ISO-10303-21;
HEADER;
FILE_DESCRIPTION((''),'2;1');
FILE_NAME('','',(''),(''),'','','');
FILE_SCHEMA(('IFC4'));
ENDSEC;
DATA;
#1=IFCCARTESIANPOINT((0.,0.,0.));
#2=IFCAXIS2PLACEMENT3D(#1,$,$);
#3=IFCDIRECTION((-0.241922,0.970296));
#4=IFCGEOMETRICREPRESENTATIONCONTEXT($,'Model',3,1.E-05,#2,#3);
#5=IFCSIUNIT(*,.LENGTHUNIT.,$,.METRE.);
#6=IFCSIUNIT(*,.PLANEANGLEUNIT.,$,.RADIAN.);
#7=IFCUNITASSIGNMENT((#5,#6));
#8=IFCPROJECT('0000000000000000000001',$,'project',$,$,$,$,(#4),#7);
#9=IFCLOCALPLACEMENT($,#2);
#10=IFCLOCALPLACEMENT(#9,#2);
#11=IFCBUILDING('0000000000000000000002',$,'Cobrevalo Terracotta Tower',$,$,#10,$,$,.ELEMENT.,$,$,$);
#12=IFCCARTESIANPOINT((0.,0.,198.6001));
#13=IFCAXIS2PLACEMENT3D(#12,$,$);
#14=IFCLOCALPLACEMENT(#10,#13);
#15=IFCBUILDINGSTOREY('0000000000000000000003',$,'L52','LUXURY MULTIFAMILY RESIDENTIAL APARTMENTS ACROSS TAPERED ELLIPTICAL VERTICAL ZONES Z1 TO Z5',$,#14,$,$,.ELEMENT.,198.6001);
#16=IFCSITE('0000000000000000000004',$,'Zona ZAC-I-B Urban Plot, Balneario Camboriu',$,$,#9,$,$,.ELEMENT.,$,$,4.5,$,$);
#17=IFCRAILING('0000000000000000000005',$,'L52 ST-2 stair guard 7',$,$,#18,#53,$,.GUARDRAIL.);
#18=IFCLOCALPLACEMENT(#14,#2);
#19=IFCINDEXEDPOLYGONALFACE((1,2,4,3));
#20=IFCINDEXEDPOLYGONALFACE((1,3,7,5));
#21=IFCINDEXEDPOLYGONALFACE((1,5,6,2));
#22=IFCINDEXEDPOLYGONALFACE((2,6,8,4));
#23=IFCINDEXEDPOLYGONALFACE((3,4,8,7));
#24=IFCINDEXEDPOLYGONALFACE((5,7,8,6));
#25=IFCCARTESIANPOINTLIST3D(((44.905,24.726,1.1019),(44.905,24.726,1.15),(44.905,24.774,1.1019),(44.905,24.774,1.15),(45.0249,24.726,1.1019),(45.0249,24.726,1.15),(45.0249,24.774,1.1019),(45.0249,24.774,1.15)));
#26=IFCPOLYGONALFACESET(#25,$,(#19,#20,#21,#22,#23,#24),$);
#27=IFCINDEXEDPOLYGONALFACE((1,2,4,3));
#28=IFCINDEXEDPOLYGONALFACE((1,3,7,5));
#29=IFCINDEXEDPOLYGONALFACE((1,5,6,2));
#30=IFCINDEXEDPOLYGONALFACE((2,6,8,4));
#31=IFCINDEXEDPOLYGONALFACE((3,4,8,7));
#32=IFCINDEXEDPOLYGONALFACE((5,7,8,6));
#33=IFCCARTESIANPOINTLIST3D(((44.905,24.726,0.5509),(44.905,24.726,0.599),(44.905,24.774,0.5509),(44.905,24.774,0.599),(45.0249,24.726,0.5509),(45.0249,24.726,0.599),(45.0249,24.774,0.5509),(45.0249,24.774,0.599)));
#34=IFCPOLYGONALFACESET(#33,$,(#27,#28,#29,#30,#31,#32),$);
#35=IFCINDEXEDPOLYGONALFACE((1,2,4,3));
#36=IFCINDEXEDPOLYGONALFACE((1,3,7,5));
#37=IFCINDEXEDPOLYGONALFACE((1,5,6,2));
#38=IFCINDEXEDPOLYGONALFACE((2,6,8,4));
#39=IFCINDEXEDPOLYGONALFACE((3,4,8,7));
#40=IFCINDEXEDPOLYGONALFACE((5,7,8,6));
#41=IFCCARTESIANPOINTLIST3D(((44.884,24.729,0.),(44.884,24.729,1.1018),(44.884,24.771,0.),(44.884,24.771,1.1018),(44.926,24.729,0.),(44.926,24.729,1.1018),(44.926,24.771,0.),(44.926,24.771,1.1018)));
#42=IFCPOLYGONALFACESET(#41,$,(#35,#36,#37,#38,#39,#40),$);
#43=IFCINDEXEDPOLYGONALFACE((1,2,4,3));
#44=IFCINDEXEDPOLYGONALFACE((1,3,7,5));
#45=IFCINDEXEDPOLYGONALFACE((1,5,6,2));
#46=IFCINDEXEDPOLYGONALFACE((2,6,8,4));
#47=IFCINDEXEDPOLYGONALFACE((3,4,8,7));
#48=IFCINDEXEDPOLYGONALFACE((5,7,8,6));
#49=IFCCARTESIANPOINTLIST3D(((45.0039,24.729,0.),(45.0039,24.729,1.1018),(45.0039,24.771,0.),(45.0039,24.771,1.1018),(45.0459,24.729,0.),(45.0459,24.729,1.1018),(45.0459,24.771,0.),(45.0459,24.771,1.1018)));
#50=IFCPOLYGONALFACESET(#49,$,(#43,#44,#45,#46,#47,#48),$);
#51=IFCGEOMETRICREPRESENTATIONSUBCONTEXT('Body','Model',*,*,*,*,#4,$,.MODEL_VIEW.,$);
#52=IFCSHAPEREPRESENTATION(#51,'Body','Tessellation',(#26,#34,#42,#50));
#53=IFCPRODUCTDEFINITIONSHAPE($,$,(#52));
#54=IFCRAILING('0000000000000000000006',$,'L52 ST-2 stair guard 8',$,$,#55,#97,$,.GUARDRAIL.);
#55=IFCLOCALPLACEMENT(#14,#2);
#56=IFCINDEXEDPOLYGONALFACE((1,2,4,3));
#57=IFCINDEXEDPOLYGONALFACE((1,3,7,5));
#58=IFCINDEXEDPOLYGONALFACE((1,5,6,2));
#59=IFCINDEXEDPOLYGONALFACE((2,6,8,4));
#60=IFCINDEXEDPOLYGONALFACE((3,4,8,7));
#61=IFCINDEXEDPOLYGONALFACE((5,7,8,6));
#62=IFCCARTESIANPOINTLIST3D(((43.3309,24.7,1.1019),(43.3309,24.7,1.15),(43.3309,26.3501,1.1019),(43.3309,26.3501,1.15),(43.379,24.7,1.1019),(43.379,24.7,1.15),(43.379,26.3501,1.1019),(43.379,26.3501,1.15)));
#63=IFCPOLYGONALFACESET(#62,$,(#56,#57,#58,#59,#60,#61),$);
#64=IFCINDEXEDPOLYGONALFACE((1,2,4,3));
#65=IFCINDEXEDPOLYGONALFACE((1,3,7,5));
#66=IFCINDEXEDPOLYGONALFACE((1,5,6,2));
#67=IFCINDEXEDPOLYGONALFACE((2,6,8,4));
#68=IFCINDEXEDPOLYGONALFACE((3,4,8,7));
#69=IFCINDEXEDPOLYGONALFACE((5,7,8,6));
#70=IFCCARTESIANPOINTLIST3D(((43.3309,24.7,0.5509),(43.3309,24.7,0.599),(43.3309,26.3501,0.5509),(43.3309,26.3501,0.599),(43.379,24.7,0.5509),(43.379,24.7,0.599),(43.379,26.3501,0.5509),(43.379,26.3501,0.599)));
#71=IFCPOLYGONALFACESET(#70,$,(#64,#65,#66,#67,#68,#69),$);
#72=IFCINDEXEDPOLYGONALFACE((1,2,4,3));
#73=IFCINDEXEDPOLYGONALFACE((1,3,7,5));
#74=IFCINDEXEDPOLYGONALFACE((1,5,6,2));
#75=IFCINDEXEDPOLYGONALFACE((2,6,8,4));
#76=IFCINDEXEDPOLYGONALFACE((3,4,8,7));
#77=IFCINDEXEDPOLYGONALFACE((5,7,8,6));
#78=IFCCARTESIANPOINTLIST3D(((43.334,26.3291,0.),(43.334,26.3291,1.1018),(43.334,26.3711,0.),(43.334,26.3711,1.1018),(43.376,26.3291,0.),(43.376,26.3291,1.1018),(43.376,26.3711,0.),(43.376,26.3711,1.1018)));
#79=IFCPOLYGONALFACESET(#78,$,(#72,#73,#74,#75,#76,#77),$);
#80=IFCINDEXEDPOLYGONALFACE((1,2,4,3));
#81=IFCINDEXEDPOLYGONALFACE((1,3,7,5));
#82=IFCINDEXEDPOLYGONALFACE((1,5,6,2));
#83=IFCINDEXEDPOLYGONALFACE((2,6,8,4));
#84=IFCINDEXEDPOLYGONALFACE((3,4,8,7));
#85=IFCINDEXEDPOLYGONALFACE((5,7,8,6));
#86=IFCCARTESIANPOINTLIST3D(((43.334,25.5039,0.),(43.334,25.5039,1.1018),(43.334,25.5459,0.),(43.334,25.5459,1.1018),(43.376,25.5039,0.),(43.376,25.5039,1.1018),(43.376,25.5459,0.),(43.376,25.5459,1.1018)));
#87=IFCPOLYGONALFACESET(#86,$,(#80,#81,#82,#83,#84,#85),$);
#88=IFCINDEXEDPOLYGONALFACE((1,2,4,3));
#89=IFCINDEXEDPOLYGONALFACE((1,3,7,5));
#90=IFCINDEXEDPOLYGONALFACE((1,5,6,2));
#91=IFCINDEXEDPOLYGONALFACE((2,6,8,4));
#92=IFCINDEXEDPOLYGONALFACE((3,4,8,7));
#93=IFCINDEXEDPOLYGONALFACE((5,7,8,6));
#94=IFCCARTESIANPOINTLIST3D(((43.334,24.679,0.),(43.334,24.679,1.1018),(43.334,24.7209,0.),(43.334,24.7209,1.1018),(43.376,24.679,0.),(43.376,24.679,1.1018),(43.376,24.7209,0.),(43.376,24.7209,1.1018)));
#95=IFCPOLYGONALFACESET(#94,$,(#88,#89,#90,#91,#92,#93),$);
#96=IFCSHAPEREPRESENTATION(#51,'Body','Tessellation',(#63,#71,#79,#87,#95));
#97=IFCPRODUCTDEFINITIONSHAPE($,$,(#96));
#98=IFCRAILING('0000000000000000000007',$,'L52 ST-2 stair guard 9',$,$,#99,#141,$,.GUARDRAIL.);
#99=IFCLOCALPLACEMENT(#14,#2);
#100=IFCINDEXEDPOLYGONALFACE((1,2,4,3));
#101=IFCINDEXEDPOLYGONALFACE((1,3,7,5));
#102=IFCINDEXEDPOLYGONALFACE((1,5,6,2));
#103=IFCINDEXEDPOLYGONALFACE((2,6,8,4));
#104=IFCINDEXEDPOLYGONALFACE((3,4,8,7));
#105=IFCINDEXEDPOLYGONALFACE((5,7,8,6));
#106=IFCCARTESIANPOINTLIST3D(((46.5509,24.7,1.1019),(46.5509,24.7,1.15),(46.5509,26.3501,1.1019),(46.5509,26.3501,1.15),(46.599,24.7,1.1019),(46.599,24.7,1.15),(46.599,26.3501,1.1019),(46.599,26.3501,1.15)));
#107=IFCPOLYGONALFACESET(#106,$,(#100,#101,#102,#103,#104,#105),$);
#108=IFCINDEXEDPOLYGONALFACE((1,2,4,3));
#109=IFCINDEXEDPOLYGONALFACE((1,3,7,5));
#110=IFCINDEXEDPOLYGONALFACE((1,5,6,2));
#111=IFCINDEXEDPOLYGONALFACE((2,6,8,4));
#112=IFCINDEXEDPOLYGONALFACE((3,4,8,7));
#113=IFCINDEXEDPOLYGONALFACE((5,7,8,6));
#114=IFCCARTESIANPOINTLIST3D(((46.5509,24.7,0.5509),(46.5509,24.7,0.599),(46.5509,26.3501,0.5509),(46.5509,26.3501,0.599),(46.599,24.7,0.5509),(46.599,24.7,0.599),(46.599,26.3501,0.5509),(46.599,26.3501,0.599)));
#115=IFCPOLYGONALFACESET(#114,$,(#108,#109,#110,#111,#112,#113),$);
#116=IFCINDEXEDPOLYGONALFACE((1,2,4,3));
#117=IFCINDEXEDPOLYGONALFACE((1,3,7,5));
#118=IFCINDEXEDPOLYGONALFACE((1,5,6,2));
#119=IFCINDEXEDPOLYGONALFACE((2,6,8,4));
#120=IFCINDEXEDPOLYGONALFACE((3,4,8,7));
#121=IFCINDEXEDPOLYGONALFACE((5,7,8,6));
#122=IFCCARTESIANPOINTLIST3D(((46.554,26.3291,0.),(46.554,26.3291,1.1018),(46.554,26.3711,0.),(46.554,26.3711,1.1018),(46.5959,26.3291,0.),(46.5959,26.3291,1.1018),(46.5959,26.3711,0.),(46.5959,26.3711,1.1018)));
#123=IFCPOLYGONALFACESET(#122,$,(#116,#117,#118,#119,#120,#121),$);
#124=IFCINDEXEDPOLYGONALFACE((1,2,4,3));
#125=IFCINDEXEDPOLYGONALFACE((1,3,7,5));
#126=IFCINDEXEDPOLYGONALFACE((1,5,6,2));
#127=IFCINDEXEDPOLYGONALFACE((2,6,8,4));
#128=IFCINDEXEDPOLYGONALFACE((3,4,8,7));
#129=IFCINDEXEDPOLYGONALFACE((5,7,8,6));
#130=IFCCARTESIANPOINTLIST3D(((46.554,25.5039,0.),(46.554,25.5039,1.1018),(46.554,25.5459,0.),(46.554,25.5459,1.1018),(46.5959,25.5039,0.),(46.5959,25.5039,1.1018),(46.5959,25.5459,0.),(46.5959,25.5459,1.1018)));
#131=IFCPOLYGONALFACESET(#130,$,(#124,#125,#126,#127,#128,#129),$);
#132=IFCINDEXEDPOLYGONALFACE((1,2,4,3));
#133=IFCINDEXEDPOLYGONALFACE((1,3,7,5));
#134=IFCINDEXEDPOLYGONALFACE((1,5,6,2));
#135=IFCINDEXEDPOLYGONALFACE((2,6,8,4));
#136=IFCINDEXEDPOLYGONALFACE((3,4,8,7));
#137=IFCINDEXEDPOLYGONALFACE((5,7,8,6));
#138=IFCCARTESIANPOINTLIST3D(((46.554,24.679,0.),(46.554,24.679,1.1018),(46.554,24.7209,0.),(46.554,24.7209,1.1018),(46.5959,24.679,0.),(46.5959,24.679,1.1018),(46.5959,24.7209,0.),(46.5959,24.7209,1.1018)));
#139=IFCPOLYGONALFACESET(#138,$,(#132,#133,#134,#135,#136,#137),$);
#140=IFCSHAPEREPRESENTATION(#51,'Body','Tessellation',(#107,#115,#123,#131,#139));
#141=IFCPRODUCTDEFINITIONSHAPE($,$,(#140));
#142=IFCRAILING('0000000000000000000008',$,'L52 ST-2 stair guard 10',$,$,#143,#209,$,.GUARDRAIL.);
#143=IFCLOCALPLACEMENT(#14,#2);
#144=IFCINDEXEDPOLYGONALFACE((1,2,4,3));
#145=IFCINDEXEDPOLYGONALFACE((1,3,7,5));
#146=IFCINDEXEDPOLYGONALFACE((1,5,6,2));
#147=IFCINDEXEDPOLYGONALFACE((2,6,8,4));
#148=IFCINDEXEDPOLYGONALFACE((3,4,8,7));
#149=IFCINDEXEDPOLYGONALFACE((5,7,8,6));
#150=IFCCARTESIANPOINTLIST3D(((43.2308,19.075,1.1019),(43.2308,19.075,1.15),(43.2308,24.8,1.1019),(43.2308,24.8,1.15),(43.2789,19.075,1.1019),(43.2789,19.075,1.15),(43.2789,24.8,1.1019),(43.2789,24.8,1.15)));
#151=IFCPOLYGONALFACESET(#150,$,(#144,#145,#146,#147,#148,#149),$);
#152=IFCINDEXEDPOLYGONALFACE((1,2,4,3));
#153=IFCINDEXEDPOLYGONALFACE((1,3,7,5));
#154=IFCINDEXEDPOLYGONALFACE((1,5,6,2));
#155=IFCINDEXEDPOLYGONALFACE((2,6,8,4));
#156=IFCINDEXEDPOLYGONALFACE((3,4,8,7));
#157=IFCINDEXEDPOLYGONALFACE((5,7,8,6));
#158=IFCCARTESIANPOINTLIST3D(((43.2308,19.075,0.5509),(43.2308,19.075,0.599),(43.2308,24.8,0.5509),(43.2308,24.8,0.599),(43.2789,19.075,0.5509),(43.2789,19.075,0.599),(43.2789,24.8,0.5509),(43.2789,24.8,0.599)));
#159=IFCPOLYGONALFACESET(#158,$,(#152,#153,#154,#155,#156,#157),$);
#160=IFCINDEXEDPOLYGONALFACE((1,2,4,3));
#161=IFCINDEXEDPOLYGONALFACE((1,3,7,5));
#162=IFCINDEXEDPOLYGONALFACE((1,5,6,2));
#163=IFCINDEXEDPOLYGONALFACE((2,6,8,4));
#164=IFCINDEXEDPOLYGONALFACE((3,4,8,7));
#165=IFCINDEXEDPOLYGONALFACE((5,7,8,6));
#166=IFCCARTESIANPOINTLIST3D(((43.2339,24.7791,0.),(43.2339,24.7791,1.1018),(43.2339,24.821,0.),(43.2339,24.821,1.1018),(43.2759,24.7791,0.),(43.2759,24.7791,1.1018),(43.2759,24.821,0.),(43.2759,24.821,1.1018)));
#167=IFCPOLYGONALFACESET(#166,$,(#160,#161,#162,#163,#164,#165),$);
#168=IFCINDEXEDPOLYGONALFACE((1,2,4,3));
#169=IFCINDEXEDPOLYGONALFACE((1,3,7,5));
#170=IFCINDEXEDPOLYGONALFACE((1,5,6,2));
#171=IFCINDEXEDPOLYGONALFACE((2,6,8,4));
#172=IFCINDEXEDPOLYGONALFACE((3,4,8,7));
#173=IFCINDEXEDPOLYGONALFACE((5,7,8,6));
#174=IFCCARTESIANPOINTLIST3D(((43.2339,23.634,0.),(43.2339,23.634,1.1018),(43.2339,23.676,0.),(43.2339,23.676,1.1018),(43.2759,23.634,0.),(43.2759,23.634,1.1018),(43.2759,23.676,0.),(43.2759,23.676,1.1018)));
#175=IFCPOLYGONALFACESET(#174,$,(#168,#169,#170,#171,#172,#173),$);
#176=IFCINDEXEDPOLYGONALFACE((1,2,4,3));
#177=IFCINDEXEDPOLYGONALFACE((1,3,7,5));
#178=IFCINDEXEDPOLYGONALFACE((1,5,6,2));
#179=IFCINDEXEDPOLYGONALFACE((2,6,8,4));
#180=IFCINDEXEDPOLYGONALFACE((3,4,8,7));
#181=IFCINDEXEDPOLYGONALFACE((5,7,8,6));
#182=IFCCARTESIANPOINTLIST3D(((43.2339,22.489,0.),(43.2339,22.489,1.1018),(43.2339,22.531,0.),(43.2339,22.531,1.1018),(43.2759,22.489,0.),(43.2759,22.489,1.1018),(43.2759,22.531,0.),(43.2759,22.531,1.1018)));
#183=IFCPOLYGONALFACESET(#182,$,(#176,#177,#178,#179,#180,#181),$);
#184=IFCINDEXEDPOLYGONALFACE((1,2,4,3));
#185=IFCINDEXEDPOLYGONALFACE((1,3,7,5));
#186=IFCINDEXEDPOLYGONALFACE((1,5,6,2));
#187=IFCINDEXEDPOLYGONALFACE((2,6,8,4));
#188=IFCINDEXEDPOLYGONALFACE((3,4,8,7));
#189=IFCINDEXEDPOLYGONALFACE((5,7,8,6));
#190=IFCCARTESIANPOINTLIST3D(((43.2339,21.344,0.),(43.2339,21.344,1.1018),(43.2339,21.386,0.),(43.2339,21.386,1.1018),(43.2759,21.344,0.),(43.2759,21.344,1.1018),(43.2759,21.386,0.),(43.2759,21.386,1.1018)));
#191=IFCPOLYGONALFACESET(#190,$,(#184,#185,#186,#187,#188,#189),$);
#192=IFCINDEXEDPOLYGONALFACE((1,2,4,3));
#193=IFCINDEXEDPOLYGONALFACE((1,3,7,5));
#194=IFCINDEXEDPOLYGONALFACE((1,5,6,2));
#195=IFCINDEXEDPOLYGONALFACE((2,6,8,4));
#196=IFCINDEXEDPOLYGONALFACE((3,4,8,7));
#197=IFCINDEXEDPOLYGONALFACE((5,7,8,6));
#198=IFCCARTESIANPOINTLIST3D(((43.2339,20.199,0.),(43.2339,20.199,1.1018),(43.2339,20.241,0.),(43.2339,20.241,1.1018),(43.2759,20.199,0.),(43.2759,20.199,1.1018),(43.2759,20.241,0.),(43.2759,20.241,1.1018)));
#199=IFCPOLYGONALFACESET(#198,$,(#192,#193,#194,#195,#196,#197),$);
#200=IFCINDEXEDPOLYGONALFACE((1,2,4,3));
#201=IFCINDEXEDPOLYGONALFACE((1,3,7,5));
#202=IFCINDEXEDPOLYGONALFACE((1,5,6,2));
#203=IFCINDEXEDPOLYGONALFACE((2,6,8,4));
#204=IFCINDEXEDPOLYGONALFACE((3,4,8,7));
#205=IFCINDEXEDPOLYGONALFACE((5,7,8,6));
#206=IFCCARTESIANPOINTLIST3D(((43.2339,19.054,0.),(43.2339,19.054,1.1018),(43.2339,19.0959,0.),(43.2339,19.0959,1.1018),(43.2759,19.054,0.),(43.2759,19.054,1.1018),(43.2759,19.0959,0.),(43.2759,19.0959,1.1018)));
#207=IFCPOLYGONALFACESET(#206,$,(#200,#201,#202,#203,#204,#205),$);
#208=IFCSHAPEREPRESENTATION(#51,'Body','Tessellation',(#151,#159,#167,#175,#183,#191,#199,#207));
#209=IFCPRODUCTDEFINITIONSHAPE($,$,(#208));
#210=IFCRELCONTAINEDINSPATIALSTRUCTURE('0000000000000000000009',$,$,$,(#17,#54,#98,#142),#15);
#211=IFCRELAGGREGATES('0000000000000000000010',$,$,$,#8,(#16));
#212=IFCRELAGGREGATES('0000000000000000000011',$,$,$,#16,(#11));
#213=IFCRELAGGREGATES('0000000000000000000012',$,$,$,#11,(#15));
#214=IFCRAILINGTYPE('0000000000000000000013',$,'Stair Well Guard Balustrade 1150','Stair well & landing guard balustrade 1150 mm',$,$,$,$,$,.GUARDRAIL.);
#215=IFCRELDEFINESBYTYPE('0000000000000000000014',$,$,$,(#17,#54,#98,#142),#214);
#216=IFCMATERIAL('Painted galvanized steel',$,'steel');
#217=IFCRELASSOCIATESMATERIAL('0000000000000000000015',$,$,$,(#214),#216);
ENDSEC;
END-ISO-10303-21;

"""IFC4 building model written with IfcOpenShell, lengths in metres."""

from ifc_helpers import new_model, si_unit, direction, frame, origin, origin_2d, place, context, subcontext, project, spatial, rectangle, extrude, material, type_object, element, save


model = new_model("IFC4")

# Units and contexts
model_context = context("Model", 3, precision=1e-05, world=origin(), true_north=direction((-0.241922, 0.970296)))
body_context = subcontext(model_context, "Body", "Model", "MODEL_VIEW")
ifc_project = project(units=[si_unit("LENGTHUNIT", "METRE"), si_unit("PLANEANGLEUNIT", "RADIAN")], contexts=[model_context])

# Site, building, storey
site_placement = place(None, origin())
site = spatial("IfcSite", under=ifc_project, at=site_placement, Name="Zona ZAC-I-B Urban Plot, Balneario Camboriu", CompositionType="ELEMENT", RefElevation=4.5)
building_placement = place(site_placement, origin())
building = spatial("IfcBuilding", under=site, at=building_placement, Name="Cobrevalo Terracotta Tower", CompositionType="ELEMENT")
storey_placement = place(building_placement, frame((0.0, 0.0, 198.6001)))
storey = spatial("IfcBuildingStorey", under=building, at=storey_placement, Name="L52", Description="LUXURY MULTIFAMILY RESIDENTIAL APARTMENTS ACROSS TAPERED ELLIPTICAL VERTICAL ZONES Z1 TO Z5", CompositionType="ELEMENT", Elevation=198.6001)

# Railings
ifc_material_1 = material(Name="Painted galvanized steel", Category="steel")
railing_type_1 = type_object("IfcRailingType", Name="Stair Well Guard Balustrade 1150", Description="Stair well & landing guard balustrade 1150 mm", PredefinedType="GUARDRAIL", material=ifc_material_1)
railing_1_placement = place(storey_placement, frame((44.905, 24.75, 0.0)))
element("IfcRailing", 1, at=railing_1_placement, inside=storey, type_object=railing_type_1, Name="L52 ST-2 stair guard 7", PredefinedType="GUARDRAIL", context=body_context, shape_type="SweptSolid", body=[
    extrude(rectangle(XDim=0.0481, YDim=0.0481, at=origin_2d()), frame((0.0, 0.0, 1.126), z_axis=(1.0, 0.0, 0.0), x_axis=(0.0, 1.0, 0.0)), (0.0, 0.0, 1.0), 0.1199),
    extrude(rectangle(XDim=0.0481, YDim=0.0481, at=origin_2d()), frame((0.0, 0.0, 0.575), z_axis=(1.0, 0.0, 0.0), x_axis=(0.0, 1.0, 0.0)), (0.0, 0.0, 1.0), 0.1199),
    extrude(rectangle(XDim=0.042, YDim=0.042, at=origin_2d()), origin(), (0.0, 0.0, 1.0), 1.1018),
    extrude(rectangle(XDim=0.042, YDim=0.042, at=origin_2d()), frame((0.1199, 0.0, 0.0)), (0.0, 0.0, 1.0), 1.1018),
])
for number, where, name in (
    (2, (43.355, 26.3501, 0.0), "L52 ST-2 stair guard 8"),
    (3, (46.575, 26.3501, 0.0), "L52 ST-2 stair guard 9"),
):
    element("IfcRailing", number, at=place(storey_placement, frame(where)), inside=storey, type_object=railing_type_1, Name=name, PredefinedType="GUARDRAIL", context=body_context, shape_type="SweptSolid", body=[
        extrude(rectangle(XDim=0.0481, YDim=0.0481, at=origin_2d()), frame((0.0, 0.0, 1.126), z_axis=(0.0, -1.0, 0.0), x_axis=(1.0, 0.0, 0.0)), (0.0, 0.0, 1.0), 1.6501),
        extrude(rectangle(XDim=0.0481, YDim=0.0481, at=origin_2d()), frame((0.0, 0.0, 0.575), z_axis=(0.0, -1.0, 0.0), x_axis=(1.0, 0.0, 0.0)), (0.0, 0.0, 1.0), 1.6501),
        extrude(rectangle(XDim=0.042, YDim=0.042, at=origin_2d()), origin(), (0.0, 0.0, 1.0), 1.1018),
        extrude(rectangle(XDim=0.042, YDim=0.042, at=origin_2d()), frame((0.0, -0.8252, 0.0)), (0.0, 0.0, 1.0), 1.1018),
        extrude(rectangle(XDim=0.042, YDim=0.042, at=origin_2d()), frame((0.0, -1.6501, 0.0)), (0.0, 0.0, 1.0), 1.1018),
    ])
for number, where, name in (
    (4, (43.2549, 24.8, 0.0), "L52 ST-2 stair guard 10"),
):
    element("IfcRailing", number, at=place(storey_placement, frame(where)), inside=storey, type_object=railing_type_1, Name=name, PredefinedType="GUARDRAIL", context=body_context, shape_type="SweptSolid", body=[
        extrude(rectangle(XDim=0.0481, YDim=0.0481, at=origin_2d()), frame((0.0, 0.0, 1.126), z_axis=(0.0, -1.0, 0.0), x_axis=(1.0, 0.0, 0.0)), (0.0, 0.0, 1.0), 5.7251),
        extrude(rectangle(XDim=0.0481, YDim=0.0481, at=origin_2d()), frame((0.0, 0.0, 0.575), z_axis=(0.0, -1.0, 0.0), x_axis=(1.0, 0.0, 0.0)), (0.0, 0.0, 1.0), 5.7251),
        extrude(rectangle(XDim=0.042, YDim=0.042, at=origin_2d()), origin(), (0.0, 0.0, 1.0), 1.1018),
        extrude(rectangle(XDim=0.042, YDim=0.042, at=origin_2d()), frame((0.0, -1.145, 0.0)), (0.0, 0.0, 1.0), 1.1018),
        extrude(rectangle(XDim=0.042, YDim=0.042, at=origin_2d()), frame((0.0, -2.29, 0.0)), (0.0, 0.0, 1.0), 1.1018),
        extrude(rectangle(XDim=0.042, YDim=0.042, at=origin_2d()), frame((0.0, -3.4351, 0.0)), (0.0, 0.0, 1.0), 1.1018),
        extrude(rectangle(XDim=0.042, YDim=0.042, at=origin_2d()), frame((0.0, -4.5801, 0.0)), (0.0, 0.0, 1.0), 1.1018),
        extrude(rectangle(XDim=0.042, YDim=0.042, at=origin_2d()), frame((0.0, -5.7251, 0.0)), (0.0, 0.0, 1.0), 1.1018),
    ])

save(model, "model.ifc")
